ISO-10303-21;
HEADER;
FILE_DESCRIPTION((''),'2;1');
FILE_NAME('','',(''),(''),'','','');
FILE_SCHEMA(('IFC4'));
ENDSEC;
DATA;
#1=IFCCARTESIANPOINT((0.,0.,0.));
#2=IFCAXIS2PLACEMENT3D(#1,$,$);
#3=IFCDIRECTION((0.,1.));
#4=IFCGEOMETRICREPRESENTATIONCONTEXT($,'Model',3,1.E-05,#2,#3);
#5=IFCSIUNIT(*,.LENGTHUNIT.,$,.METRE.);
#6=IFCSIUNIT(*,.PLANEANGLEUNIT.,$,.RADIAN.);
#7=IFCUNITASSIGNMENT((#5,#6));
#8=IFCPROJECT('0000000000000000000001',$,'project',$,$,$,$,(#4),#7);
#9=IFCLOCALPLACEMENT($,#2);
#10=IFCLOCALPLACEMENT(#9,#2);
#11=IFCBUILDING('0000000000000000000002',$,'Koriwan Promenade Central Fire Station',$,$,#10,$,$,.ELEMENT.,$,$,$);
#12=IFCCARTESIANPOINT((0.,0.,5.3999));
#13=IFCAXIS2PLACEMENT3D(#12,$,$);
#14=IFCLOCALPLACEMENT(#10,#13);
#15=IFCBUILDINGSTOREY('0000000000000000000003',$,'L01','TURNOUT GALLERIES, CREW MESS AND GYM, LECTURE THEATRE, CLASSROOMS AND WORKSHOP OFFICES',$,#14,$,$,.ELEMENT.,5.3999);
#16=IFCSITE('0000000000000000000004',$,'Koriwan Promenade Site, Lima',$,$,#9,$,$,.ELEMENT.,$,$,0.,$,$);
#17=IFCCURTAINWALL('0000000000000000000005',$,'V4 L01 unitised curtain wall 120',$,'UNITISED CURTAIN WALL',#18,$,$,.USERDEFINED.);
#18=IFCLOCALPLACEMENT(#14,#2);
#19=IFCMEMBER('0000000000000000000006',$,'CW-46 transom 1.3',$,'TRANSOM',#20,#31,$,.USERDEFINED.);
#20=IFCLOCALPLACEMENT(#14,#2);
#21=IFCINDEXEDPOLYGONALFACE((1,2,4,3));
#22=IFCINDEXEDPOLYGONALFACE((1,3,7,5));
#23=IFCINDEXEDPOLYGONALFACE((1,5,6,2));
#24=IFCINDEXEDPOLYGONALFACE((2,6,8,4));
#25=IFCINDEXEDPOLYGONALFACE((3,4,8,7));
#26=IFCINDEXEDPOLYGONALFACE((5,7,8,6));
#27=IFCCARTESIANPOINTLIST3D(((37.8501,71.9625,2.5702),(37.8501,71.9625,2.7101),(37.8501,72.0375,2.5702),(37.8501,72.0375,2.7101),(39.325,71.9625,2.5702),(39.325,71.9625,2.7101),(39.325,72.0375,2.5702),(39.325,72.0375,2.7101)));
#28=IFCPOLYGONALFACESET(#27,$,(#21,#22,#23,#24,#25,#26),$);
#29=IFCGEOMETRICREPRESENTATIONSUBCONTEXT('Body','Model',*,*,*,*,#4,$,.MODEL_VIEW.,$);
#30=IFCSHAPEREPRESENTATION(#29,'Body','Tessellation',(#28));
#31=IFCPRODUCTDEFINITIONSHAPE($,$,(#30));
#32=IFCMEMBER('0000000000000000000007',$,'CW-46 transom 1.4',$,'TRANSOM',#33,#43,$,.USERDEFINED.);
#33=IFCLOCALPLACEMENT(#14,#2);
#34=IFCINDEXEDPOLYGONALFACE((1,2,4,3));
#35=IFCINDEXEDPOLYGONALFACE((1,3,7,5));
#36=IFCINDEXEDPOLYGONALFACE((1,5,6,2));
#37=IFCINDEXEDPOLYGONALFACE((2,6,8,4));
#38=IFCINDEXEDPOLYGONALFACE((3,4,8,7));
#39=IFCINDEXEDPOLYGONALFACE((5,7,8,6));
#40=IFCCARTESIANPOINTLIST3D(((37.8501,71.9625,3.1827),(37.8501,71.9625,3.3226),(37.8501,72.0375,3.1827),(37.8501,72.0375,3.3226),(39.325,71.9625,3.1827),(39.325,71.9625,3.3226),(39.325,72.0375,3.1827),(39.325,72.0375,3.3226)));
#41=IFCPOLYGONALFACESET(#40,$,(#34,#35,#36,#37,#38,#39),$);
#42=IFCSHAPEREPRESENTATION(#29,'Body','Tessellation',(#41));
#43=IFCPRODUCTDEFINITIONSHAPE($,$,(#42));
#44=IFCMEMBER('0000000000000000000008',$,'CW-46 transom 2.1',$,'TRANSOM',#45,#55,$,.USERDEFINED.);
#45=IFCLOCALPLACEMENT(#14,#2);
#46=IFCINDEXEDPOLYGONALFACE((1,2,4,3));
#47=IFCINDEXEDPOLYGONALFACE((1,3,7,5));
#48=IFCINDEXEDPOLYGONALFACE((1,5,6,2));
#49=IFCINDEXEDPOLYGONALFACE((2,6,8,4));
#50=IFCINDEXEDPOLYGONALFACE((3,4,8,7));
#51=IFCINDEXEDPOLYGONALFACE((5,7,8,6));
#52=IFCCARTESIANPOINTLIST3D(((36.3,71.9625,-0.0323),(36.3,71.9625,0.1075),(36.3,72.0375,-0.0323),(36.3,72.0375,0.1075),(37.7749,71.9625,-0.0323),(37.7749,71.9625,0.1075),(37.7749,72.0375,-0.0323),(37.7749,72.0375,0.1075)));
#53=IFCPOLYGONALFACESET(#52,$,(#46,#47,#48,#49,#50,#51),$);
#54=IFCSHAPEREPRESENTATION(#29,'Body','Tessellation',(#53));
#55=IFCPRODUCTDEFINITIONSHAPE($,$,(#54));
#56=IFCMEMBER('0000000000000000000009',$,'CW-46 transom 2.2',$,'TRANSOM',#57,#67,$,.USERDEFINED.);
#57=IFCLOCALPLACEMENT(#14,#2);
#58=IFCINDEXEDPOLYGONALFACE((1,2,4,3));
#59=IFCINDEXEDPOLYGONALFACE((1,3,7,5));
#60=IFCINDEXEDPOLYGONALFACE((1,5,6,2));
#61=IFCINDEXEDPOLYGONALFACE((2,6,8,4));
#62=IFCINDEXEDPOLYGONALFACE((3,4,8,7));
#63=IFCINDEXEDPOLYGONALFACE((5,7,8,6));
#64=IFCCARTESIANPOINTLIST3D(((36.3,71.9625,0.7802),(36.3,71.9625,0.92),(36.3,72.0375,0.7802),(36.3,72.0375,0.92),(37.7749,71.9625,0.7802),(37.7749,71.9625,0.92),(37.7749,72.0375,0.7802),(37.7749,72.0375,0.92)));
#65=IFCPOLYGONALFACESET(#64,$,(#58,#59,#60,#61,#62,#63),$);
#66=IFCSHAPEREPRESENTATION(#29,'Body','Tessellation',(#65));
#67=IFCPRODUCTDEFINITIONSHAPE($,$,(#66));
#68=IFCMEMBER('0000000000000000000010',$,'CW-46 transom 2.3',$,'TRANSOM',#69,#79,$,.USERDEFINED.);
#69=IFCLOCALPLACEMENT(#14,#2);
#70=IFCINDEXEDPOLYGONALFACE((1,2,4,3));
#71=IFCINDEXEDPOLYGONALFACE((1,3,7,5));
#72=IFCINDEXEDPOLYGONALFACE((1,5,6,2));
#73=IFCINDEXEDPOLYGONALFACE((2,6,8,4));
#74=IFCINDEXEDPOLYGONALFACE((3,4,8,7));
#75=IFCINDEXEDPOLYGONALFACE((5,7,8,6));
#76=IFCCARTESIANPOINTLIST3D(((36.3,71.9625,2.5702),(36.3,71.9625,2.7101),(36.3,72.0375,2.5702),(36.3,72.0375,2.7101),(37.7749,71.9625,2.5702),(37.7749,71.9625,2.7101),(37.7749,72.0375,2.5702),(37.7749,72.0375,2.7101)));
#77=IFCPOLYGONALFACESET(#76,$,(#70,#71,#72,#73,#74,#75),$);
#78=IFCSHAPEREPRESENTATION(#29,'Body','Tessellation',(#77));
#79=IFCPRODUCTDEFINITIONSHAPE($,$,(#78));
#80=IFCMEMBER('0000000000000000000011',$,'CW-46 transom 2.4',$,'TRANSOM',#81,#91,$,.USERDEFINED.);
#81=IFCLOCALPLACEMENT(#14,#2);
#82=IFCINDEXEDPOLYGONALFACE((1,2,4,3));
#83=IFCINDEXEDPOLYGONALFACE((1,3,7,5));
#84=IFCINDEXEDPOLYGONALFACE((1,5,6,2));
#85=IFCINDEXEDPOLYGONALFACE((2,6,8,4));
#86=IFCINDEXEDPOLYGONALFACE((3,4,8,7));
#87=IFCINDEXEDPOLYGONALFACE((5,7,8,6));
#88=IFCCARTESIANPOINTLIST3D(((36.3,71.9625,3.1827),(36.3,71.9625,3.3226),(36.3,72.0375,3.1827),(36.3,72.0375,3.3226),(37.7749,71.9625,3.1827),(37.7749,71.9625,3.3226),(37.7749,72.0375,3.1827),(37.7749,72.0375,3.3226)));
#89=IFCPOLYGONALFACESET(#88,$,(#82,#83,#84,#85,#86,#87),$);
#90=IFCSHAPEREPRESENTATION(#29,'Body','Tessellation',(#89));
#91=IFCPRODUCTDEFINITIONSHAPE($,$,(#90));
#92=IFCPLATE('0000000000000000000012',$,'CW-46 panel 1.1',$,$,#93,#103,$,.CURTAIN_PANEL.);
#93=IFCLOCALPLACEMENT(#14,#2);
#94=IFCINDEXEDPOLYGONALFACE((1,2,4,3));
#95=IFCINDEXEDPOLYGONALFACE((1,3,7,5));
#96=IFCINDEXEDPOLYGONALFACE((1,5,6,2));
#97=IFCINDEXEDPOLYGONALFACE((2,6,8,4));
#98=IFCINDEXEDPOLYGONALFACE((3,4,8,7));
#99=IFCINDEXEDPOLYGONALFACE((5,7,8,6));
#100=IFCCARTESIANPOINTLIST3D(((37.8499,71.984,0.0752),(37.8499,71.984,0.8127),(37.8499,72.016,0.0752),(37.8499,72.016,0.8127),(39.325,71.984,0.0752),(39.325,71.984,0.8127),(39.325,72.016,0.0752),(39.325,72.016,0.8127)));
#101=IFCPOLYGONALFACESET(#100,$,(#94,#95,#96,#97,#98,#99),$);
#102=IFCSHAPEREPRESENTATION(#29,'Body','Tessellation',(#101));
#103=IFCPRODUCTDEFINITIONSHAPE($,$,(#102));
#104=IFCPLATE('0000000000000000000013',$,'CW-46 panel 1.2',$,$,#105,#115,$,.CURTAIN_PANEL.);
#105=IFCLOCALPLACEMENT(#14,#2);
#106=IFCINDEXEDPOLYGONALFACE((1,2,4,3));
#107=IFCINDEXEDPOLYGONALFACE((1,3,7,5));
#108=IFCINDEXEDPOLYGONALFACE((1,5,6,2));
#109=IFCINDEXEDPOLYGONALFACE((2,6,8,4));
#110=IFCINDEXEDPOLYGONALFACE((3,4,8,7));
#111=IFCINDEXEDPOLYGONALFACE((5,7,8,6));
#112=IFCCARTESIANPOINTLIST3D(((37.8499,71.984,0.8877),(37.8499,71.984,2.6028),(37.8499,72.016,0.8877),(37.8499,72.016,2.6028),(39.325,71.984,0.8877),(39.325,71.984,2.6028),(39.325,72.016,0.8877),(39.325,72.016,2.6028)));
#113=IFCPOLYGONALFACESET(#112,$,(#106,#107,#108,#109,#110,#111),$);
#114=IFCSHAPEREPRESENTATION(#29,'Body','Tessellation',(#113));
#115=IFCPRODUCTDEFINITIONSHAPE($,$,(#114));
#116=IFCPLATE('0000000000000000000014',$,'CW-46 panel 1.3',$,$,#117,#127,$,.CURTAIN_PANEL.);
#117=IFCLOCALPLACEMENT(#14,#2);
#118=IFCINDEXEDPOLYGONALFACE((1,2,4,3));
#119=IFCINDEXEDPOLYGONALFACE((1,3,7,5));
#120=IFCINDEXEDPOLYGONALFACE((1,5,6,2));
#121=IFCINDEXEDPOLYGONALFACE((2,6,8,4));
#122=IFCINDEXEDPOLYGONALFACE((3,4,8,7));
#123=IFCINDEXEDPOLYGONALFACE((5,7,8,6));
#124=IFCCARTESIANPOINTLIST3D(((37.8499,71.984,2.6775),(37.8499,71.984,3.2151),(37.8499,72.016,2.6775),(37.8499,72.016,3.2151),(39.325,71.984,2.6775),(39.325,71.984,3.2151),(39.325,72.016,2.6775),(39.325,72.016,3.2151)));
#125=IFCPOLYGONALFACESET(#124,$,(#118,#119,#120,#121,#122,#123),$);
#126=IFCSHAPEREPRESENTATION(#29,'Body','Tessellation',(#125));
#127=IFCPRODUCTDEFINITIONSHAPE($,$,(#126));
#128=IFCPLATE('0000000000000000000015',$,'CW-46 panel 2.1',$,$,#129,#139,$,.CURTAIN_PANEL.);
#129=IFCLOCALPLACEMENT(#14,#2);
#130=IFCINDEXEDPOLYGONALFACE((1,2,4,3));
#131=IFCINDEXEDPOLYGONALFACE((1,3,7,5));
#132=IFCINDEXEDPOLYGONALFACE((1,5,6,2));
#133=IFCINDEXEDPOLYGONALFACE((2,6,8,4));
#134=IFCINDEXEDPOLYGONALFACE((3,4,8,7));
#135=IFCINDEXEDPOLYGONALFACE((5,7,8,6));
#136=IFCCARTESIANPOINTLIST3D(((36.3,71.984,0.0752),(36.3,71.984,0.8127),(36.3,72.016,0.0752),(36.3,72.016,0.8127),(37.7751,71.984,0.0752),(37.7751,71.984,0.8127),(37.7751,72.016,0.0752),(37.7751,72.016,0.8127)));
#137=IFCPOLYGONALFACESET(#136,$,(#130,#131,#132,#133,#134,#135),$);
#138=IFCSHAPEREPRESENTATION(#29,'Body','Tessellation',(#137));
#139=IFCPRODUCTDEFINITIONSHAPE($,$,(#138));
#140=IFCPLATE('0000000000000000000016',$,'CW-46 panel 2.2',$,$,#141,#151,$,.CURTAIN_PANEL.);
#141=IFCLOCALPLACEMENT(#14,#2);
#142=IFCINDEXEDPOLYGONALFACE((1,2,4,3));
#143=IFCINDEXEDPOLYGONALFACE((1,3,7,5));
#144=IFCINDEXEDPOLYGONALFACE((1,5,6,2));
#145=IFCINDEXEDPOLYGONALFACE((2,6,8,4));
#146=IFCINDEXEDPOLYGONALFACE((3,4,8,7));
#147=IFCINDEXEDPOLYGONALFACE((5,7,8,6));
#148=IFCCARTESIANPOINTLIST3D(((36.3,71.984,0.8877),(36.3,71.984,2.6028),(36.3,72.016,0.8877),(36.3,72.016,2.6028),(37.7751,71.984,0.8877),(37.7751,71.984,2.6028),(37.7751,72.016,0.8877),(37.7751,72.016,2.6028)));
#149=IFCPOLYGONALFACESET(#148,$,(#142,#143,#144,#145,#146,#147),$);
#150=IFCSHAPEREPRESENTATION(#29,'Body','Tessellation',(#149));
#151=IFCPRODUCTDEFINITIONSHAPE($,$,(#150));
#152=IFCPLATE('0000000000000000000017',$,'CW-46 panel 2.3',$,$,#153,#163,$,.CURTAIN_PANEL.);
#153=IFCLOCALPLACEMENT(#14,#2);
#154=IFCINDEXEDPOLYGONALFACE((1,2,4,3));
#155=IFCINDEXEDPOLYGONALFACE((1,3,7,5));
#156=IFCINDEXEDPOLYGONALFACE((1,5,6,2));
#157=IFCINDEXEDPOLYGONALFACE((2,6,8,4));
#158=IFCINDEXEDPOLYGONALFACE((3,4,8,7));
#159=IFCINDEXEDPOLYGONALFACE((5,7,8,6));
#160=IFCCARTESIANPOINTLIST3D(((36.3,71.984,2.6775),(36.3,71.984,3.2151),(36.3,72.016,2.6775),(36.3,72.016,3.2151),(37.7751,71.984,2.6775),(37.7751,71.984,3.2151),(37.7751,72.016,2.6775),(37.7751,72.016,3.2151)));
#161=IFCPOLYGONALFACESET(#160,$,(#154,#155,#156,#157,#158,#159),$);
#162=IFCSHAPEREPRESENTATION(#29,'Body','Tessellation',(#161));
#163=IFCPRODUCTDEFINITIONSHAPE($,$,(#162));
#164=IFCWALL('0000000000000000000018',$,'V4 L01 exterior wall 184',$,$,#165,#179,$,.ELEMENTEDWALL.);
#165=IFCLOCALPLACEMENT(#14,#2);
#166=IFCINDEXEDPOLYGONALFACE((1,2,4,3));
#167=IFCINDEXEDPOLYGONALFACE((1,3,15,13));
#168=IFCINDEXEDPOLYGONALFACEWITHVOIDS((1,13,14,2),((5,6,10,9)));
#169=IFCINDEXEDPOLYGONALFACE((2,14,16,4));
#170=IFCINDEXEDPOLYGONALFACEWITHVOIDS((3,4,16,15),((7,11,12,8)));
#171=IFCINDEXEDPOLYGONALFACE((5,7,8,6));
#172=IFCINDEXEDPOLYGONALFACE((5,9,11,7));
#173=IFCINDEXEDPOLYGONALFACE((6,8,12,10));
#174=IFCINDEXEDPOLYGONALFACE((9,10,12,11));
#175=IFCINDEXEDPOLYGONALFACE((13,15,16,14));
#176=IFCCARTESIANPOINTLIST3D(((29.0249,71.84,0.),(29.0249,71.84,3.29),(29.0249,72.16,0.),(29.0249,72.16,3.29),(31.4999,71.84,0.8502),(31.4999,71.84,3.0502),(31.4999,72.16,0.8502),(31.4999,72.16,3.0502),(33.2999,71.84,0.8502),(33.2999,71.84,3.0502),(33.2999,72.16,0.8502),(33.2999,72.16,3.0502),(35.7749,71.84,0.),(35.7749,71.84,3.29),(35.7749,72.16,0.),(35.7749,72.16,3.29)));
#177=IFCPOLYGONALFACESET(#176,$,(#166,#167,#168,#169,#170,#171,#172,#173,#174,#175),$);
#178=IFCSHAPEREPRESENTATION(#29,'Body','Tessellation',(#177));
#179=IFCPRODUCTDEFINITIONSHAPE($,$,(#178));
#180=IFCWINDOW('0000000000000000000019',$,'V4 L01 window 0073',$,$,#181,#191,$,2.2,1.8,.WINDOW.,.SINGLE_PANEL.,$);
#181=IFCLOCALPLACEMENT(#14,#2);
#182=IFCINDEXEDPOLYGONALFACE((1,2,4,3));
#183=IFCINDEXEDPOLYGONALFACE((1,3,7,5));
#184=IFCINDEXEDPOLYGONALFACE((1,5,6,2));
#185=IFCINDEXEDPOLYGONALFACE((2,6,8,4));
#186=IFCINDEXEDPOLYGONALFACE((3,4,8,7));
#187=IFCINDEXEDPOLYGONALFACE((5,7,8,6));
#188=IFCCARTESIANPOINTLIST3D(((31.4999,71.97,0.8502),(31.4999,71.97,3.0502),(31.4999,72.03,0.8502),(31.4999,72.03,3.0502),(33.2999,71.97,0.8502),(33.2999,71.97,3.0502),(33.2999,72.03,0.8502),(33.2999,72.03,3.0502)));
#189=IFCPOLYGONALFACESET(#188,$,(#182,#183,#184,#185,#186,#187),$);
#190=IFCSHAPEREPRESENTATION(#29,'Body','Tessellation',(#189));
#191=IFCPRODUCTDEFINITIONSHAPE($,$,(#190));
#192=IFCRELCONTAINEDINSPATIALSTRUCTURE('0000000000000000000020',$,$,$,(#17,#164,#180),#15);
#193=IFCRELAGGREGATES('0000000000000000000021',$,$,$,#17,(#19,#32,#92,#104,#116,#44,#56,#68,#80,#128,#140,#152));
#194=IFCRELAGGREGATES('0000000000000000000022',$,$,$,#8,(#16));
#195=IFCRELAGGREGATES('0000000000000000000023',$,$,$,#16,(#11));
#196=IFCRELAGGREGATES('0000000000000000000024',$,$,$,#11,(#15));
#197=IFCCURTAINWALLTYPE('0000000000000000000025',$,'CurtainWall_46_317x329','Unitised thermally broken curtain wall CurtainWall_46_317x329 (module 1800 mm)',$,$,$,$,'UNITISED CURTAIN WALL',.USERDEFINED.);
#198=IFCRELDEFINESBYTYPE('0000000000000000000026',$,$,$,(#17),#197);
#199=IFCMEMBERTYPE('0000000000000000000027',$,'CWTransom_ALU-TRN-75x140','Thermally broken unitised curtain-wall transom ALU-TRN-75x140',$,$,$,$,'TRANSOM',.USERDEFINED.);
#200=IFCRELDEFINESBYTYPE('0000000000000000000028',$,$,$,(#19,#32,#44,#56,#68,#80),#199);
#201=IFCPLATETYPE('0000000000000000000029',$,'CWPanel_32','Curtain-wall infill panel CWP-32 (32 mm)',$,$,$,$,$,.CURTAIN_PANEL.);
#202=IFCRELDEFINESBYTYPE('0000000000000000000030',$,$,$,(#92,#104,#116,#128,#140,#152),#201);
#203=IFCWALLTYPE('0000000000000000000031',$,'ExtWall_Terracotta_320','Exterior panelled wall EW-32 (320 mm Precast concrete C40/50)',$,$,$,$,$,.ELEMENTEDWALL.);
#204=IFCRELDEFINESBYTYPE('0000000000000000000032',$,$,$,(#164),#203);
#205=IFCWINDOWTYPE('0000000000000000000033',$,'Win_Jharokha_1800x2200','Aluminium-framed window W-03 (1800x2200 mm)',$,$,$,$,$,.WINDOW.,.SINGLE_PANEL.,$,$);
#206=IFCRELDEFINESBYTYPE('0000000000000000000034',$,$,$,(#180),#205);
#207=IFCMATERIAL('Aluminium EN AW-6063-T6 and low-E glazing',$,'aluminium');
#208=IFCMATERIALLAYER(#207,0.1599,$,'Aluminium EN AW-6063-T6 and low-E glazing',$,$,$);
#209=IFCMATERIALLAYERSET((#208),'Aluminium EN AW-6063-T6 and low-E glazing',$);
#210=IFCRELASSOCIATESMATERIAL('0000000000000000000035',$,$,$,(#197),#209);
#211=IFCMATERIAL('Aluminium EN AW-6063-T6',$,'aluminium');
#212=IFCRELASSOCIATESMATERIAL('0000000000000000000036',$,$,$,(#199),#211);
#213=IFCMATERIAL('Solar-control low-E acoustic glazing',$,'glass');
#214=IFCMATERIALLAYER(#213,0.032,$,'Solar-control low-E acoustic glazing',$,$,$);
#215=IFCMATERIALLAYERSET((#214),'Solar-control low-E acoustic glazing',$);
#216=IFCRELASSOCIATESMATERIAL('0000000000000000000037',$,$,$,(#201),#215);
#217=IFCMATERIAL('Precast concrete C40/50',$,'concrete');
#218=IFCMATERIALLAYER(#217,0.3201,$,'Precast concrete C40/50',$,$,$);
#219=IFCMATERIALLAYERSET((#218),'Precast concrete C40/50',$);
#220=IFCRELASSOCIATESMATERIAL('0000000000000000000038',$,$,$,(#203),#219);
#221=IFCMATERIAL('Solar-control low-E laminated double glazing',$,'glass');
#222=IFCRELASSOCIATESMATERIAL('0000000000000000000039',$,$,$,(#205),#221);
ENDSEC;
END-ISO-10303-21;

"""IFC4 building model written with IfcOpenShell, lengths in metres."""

from ifc_helpers import new_model, si_unit, direction, frame, frame_2d, origin, origin_2d, place, context, subcontext, project, spatial, rectangle, extrude, material, layer, layer_set, material_profile, profile_set, type_object, element, fill, aggregate, save


model = new_model("IFC4")

# Units and contexts
model_context = context("Model", 3, precision=1e-05, world=origin(), true_north=direction((0.0, 1.0)))
body_context = subcontext(model_context, "Body", "Model", "MODEL_VIEW")
ifc_project = project(units=[si_unit("LENGTHUNIT", "METRE"), si_unit("PLANEANGLEUNIT", "RADIAN")], contexts=[model_context])

# Site, building, storey
site_placement = place(None, origin())
site = spatial("IfcSite", under=ifc_project, at=site_placement, Name="Koriwan Promenade Site, Lima", CompositionType="ELEMENT", RefElevation=0.0)
building_placement = place(site_placement, origin())
building = spatial("IfcBuilding", under=site, at=building_placement, Name="Koriwan Promenade Central Fire Station", CompositionType="ELEMENT")
storey_placement = place(building_placement, frame((0.0, 0.0, 5.3999)))
storey = spatial("IfcBuildingStorey", under=building, at=storey_placement, Name="L01", Description="TURNOUT GALLERIES, CREW MESS AND GYM, LECTURE THEATRE, CLASSROOMS AND WORKSHOP OFFICES", CompositionType="ELEMENT", Elevation=5.3999)

# Curtain wall, members, plates
ifc_material_1 = material(Name="Aluminium EN AW-6063-T6 and low-E glazing", Category="aluminium")
ifc_layer_1 = layer(ifc_material_1, 0.1599, Name="Aluminium EN AW-6063-T6 and low-E glazing")
ifc_layer_set_1 = layer_set([ifc_layer_1], Name="Aluminium EN AW-6063-T6 and low-E glazing")
curtain_wall_type = type_object("IfcCurtainWallType", Name="CurtainWall_46_317x329", Description="Unitised thermally broken curtain wall CurtainWall_46_317x329 (module 1800 mm)", ElementType="UNITISED CURTAIN WALL", PredefinedType="USERDEFINED", material=ifc_layer_set_1)
curtain_wall_placement = place(storey_placement, origin())
curtain_wall = element("IfcCurtainWall", 1, at=curtain_wall_placement, inside=storey, type_object=curtain_wall_type, Name="V4 L01 unitised curtain wall 120", ObjectType="UNITISED CURTAIN WALL", PredefinedType="USERDEFINED")
ifc_material_2 = material(Name="Aluminium EN AW-6063-T6", Category="aluminium")
ifc_material_profile_1 = material_profile(ifc_material_2, rectangle(XDim=0.075, YDim=0.1399, at=origin_2d()), Name="ALU-TRN-75x140")
ifc_profile_set_1 = profile_set([ifc_material_profile_1], Name="Aluminium EN AW-6063-T6")
member_type_1 = type_object("IfcMemberType", Name="CWTransom_ALU-TRN-75x140", Description="Thermally broken unitised curtain-wall transom ALU-TRN-75x140", ElementType="TRANSOM", PredefinedType="USERDEFINED", material=ifc_profile_set_1)
member_1_placement = place(storey_placement, frame((39.325, 72.0, 2.6401), z_axis=(-1.0, 0.0, 0.0), x_axis=(0.0, -1.0, 0.0)))
member_1 = element("IfcMember", 2, at=member_1_placement, type_object=member_type_1, Name="CW-46 transom 1.3", ObjectType="TRANSOM", PredefinedType="USERDEFINED", context=body_context, shape_type="SweptSolid", body=[
    extrude(rectangle(XDim=0.075, YDim=0.1399, at=origin_2d()), origin(), (0.0, 0.0, 1.0), 1.4749),
])
member_2_placement = place(storey_placement, frame((39.325, 72.0, 3.2527), z_axis=(-1.0, 0.0, 0.0), x_axis=(0.0, -1.0, 0.0)))
member_2 = element("IfcMember", 3, at=member_2_placement, type_object=member_type_1, Name="CW-46 transom 1.4", ObjectType="TRANSOM", PredefinedType="USERDEFINED", context=body_context, shape_type="SweptSolid", body=[
    extrude(rectangle(XDim=0.075, YDim=0.1399, at=origin_2d()), origin(), (0.0, 0.0, 1.0), 1.4749),
])
member_3_placement = place(storey_placement, frame((37.7749, 72.0, 0.0376), z_axis=(-1.0, 0.0, 0.0), x_axis=(0.0, -1.0, 0.0)))
member_3 = element("IfcMember", 4, at=member_3_placement, type_object=member_type_1, Name="CW-46 transom 2.1", ObjectType="TRANSOM", PredefinedType="USERDEFINED", context=body_context, shape_type="SweptSolid", body=[
    extrude(rectangle(XDim=0.075, YDim=0.1399, at=origin_2d()), origin(), (0.0, 0.0, 1.0), 1.4749),
])
member_4_placement = place(storey_placement, frame((37.7749, 72.0, 0.8501), z_axis=(-1.0, 0.0, 0.0), x_axis=(0.0, -1.0, 0.0)))
member_4 = element("IfcMember", 5, at=member_4_placement, type_object=member_type_1, Name="CW-46 transom 2.2", ObjectType="TRANSOM", PredefinedType="USERDEFINED", context=body_context, shape_type="SweptSolid", body=[
    extrude(rectangle(XDim=0.075, YDim=0.1399, at=origin_2d()), origin(), (0.0, 0.0, 1.0), 1.4749),
])
member_5_placement = place(storey_placement, frame((37.7749, 72.0, 2.6401), z_axis=(-1.0, 0.0, 0.0), x_axis=(0.0, -1.0, 0.0)))
member_5 = element("IfcMember", 6, at=member_5_placement, type_object=member_type_1, Name="CW-46 transom 2.3", ObjectType="TRANSOM", PredefinedType="USERDEFINED", context=body_context, shape_type="SweptSolid", body=[
    extrude(rectangle(XDim=0.075, YDim=0.1399, at=origin_2d()), origin(), (0.0, 0.0, 1.0), 1.4749),
])
member_6_placement = place(storey_placement, frame((37.7749, 72.0, 3.2527), z_axis=(-1.0, 0.0, 0.0), x_axis=(0.0, -1.0, 0.0)))
member_6 = element("IfcMember", 7, at=member_6_placement, type_object=member_type_1, Name="CW-46 transom 2.4", ObjectType="TRANSOM", PredefinedType="USERDEFINED", context=body_context, shape_type="SweptSolid", body=[
    extrude(rectangle(XDim=0.075, YDim=0.1399, at=origin_2d()), origin(), (0.0, 0.0, 1.0), 1.4749),
])
ifc_material_3 = material(Name="Solar-control low-E acoustic glazing", Category="glass")
ifc_layer_2 = layer(ifc_material_3, 0.032, Name="Solar-control low-E acoustic glazing")
ifc_layer_set_2 = layer_set([ifc_layer_2], Name="Solar-control low-E acoustic glazing")
plate_type = type_object("IfcPlateType", Name="CWPanel_32", Description="Curtain-wall infill panel CWP-32 (32 mm)", PredefinedType="CURTAIN_PANEL", material=ifc_layer_set_2)
plate_1_placement = place(storey_placement, frame((38.5874, 72.0, 0.0752), z_axis=(0.0, 0.0, 1.0), x_axis=(-1.0, 0.0, 0.0)))
plate_1 = element("IfcPlate", 8, at=plate_1_placement, type_object=plate_type, Name="CW-46 panel 1.1", PredefinedType="CURTAIN_PANEL", context=body_context, shape_type="SweptSolid", body=[
    extrude(rectangle(XDim=1.4751, YDim=0.032, at=origin_2d()), origin(), (0.0, 0.0, 1.0), 0.7375),
])
plate_2_placement = place(storey_placement, frame((38.5874, 72.0, 0.8877), z_axis=(0.0, 0.0, 1.0), x_axis=(-1.0, 0.0, 0.0)))
plate_2 = element("IfcPlate", 9, at=plate_2_placement, type_object=plate_type, Name="CW-46 panel 1.2", PredefinedType="CURTAIN_PANEL", context=body_context, shape_type="SweptSolid", body=[
    extrude(rectangle(XDim=1.4751, YDim=0.032, at=origin_2d()), origin(), (0.0, 0.0, 1.0), 1.7151),
])
plate_3_placement = place(storey_placement, frame((38.5874, 72.0, 2.6775), z_axis=(0.0, 0.0, 1.0), x_axis=(-1.0, 0.0, 0.0)))
plate_3 = element("IfcPlate", 10, at=plate_3_placement, type_object=plate_type, Name="CW-46 panel 1.3", PredefinedType="CURTAIN_PANEL", context=body_context, shape_type="SweptSolid", body=[
    extrude(rectangle(XDim=1.4751, YDim=0.032, at=origin_2d()), origin(), (0.0, 0.0, 1.0), 0.5376),
])
plate_4_placement = place(storey_placement, frame((37.0376, 72.0, 0.0752), z_axis=(0.0, 0.0, 1.0), x_axis=(-1.0, 0.0, 0.0)))
plate_4 = element("IfcPlate", 11, at=plate_4_placement, type_object=plate_type, Name="CW-46 panel 2.1", PredefinedType="CURTAIN_PANEL", context=body_context, shape_type="SweptSolid", body=[
    extrude(rectangle(XDim=1.4751, YDim=0.032, at=origin_2d()), origin(), (0.0, 0.0, 1.0), 0.7375),
])
plate_5_placement = place(storey_placement, frame((37.0376, 72.0, 0.8877), z_axis=(0.0, 0.0, 1.0), x_axis=(-1.0, 0.0, 0.0)))
plate_5 = element("IfcPlate", 12, at=plate_5_placement, type_object=plate_type, Name="CW-46 panel 2.2", PredefinedType="CURTAIN_PANEL", context=body_context, shape_type="SweptSolid", body=[
    extrude(rectangle(XDim=1.4751, YDim=0.032, at=origin_2d()), origin(), (0.0, 0.0, 1.0), 1.7151),
])
plate_6_placement = place(storey_placement, frame((37.0376, 72.0, 2.6775), z_axis=(0.0, 0.0, 1.0), x_axis=(-1.0, 0.0, 0.0)))
plate_6 = element("IfcPlate", 13, at=plate_6_placement, type_object=plate_type, Name="CW-46 panel 2.3", PredefinedType="CURTAIN_PANEL", context=body_context, shape_type="SweptSolid", body=[
    extrude(rectangle(XDim=1.4751, YDim=0.032, at=origin_2d()), origin(), (0.0, 0.0, 1.0), 0.5376),
])
aggregate(curtain_wall, [member_1, member_2, plate_1, plate_2, plate_3, member_3, member_4, member_5, member_6, plate_4, plate_5, plate_6])

# Wall, opening, window
ifc_material_4 = material(Name="Precast concrete C40/50", Category="concrete")
ifc_layer_3 = layer(ifc_material_4, 0.3201, Name="Precast concrete C40/50")
ifc_layer_set_3 = layer_set([ifc_layer_3], Name="Precast concrete C40/50")
wall_type_1 = type_object("IfcWallType", Name="ExtWall_Terracotta_320", Description="Exterior panelled wall EW-32 (320 mm Precast concrete C40/50)", PredefinedType="ELEMENTEDWALL", material=ifc_layer_set_3)
wall_1_placement = place(storey_placement, frame((35.7749, 72.0, 0.0), z_axis=(0.0, 0.0, 1.0), x_axis=(-1.0, 0.0, 0.0)))
wall_1 = element("IfcWall", 14, at=wall_1_placement, inside=storey, type_object=wall_type_1, Name="V4 L01 exterior wall 184", PredefinedType="ELEMENTEDWALL", context=body_context, shape_type="SweptSolid", body=[
    extrude(rectangle(XDim=6.75, YDim=0.3201, at=frame_2d((3.375, 0.0))), origin(), (0.0, 0.0, 1.0), 3.29),
])
opening_placement = place(wall_1_placement, frame((2.4751, 0.0, 0.8501)))
opening = element("IfcOpeningElement", 15, at=opening_placement, cuts=wall_1, PredefinedType="OPENING", context=body_context, shape_type="SweptSolid", body=[
    extrude(rectangle(XDim=1.8, YDim=2.2, at=frame_2d((0.8999, 1.1001))), frame((0.0, 0.1719, 0.0), z_axis=(0.0, -1.0, 0.0), x_axis=(1.0, 0.0, 0.0)), (0.0, 0.0, 1.0), 0.344),
])
ifc_material_5 = material(Name="Solar-control low-E laminated double glazing", Category="glass")
window_type = type_object("IfcWindowType", Name="Win_Jharokha_1800x2200", Description="Aluminium-framed window W-03 (1800x2200 mm)", PartitioningType="SINGLE_PANEL", PredefinedType="WINDOW", material=ifc_material_5)
window_placement = place(opening_placement, origin())
window = element("IfcWindow", 16, at=window_placement, inside=storey, type_object=window_type, Name="V4 L01 window 0073", OverallHeight=2.2, OverallWidth=1.8, PartitioningType="SINGLE_PANEL", PredefinedType="WINDOW", context=body_context, shape_type="SweptSolid", body=[
    extrude(rectangle(XDim=1.8, YDim=2.2, at=frame_2d((0.8999, 1.1001))), frame((0.0, 0.03, 0.0), z_axis=(0.0, -1.0, 0.0), x_axis=(1.0, 0.0, 0.0)), (0.0, 0.0, 1.0), 0.0601),
])
fill(opening, window)

save(model, "model.ifc")
